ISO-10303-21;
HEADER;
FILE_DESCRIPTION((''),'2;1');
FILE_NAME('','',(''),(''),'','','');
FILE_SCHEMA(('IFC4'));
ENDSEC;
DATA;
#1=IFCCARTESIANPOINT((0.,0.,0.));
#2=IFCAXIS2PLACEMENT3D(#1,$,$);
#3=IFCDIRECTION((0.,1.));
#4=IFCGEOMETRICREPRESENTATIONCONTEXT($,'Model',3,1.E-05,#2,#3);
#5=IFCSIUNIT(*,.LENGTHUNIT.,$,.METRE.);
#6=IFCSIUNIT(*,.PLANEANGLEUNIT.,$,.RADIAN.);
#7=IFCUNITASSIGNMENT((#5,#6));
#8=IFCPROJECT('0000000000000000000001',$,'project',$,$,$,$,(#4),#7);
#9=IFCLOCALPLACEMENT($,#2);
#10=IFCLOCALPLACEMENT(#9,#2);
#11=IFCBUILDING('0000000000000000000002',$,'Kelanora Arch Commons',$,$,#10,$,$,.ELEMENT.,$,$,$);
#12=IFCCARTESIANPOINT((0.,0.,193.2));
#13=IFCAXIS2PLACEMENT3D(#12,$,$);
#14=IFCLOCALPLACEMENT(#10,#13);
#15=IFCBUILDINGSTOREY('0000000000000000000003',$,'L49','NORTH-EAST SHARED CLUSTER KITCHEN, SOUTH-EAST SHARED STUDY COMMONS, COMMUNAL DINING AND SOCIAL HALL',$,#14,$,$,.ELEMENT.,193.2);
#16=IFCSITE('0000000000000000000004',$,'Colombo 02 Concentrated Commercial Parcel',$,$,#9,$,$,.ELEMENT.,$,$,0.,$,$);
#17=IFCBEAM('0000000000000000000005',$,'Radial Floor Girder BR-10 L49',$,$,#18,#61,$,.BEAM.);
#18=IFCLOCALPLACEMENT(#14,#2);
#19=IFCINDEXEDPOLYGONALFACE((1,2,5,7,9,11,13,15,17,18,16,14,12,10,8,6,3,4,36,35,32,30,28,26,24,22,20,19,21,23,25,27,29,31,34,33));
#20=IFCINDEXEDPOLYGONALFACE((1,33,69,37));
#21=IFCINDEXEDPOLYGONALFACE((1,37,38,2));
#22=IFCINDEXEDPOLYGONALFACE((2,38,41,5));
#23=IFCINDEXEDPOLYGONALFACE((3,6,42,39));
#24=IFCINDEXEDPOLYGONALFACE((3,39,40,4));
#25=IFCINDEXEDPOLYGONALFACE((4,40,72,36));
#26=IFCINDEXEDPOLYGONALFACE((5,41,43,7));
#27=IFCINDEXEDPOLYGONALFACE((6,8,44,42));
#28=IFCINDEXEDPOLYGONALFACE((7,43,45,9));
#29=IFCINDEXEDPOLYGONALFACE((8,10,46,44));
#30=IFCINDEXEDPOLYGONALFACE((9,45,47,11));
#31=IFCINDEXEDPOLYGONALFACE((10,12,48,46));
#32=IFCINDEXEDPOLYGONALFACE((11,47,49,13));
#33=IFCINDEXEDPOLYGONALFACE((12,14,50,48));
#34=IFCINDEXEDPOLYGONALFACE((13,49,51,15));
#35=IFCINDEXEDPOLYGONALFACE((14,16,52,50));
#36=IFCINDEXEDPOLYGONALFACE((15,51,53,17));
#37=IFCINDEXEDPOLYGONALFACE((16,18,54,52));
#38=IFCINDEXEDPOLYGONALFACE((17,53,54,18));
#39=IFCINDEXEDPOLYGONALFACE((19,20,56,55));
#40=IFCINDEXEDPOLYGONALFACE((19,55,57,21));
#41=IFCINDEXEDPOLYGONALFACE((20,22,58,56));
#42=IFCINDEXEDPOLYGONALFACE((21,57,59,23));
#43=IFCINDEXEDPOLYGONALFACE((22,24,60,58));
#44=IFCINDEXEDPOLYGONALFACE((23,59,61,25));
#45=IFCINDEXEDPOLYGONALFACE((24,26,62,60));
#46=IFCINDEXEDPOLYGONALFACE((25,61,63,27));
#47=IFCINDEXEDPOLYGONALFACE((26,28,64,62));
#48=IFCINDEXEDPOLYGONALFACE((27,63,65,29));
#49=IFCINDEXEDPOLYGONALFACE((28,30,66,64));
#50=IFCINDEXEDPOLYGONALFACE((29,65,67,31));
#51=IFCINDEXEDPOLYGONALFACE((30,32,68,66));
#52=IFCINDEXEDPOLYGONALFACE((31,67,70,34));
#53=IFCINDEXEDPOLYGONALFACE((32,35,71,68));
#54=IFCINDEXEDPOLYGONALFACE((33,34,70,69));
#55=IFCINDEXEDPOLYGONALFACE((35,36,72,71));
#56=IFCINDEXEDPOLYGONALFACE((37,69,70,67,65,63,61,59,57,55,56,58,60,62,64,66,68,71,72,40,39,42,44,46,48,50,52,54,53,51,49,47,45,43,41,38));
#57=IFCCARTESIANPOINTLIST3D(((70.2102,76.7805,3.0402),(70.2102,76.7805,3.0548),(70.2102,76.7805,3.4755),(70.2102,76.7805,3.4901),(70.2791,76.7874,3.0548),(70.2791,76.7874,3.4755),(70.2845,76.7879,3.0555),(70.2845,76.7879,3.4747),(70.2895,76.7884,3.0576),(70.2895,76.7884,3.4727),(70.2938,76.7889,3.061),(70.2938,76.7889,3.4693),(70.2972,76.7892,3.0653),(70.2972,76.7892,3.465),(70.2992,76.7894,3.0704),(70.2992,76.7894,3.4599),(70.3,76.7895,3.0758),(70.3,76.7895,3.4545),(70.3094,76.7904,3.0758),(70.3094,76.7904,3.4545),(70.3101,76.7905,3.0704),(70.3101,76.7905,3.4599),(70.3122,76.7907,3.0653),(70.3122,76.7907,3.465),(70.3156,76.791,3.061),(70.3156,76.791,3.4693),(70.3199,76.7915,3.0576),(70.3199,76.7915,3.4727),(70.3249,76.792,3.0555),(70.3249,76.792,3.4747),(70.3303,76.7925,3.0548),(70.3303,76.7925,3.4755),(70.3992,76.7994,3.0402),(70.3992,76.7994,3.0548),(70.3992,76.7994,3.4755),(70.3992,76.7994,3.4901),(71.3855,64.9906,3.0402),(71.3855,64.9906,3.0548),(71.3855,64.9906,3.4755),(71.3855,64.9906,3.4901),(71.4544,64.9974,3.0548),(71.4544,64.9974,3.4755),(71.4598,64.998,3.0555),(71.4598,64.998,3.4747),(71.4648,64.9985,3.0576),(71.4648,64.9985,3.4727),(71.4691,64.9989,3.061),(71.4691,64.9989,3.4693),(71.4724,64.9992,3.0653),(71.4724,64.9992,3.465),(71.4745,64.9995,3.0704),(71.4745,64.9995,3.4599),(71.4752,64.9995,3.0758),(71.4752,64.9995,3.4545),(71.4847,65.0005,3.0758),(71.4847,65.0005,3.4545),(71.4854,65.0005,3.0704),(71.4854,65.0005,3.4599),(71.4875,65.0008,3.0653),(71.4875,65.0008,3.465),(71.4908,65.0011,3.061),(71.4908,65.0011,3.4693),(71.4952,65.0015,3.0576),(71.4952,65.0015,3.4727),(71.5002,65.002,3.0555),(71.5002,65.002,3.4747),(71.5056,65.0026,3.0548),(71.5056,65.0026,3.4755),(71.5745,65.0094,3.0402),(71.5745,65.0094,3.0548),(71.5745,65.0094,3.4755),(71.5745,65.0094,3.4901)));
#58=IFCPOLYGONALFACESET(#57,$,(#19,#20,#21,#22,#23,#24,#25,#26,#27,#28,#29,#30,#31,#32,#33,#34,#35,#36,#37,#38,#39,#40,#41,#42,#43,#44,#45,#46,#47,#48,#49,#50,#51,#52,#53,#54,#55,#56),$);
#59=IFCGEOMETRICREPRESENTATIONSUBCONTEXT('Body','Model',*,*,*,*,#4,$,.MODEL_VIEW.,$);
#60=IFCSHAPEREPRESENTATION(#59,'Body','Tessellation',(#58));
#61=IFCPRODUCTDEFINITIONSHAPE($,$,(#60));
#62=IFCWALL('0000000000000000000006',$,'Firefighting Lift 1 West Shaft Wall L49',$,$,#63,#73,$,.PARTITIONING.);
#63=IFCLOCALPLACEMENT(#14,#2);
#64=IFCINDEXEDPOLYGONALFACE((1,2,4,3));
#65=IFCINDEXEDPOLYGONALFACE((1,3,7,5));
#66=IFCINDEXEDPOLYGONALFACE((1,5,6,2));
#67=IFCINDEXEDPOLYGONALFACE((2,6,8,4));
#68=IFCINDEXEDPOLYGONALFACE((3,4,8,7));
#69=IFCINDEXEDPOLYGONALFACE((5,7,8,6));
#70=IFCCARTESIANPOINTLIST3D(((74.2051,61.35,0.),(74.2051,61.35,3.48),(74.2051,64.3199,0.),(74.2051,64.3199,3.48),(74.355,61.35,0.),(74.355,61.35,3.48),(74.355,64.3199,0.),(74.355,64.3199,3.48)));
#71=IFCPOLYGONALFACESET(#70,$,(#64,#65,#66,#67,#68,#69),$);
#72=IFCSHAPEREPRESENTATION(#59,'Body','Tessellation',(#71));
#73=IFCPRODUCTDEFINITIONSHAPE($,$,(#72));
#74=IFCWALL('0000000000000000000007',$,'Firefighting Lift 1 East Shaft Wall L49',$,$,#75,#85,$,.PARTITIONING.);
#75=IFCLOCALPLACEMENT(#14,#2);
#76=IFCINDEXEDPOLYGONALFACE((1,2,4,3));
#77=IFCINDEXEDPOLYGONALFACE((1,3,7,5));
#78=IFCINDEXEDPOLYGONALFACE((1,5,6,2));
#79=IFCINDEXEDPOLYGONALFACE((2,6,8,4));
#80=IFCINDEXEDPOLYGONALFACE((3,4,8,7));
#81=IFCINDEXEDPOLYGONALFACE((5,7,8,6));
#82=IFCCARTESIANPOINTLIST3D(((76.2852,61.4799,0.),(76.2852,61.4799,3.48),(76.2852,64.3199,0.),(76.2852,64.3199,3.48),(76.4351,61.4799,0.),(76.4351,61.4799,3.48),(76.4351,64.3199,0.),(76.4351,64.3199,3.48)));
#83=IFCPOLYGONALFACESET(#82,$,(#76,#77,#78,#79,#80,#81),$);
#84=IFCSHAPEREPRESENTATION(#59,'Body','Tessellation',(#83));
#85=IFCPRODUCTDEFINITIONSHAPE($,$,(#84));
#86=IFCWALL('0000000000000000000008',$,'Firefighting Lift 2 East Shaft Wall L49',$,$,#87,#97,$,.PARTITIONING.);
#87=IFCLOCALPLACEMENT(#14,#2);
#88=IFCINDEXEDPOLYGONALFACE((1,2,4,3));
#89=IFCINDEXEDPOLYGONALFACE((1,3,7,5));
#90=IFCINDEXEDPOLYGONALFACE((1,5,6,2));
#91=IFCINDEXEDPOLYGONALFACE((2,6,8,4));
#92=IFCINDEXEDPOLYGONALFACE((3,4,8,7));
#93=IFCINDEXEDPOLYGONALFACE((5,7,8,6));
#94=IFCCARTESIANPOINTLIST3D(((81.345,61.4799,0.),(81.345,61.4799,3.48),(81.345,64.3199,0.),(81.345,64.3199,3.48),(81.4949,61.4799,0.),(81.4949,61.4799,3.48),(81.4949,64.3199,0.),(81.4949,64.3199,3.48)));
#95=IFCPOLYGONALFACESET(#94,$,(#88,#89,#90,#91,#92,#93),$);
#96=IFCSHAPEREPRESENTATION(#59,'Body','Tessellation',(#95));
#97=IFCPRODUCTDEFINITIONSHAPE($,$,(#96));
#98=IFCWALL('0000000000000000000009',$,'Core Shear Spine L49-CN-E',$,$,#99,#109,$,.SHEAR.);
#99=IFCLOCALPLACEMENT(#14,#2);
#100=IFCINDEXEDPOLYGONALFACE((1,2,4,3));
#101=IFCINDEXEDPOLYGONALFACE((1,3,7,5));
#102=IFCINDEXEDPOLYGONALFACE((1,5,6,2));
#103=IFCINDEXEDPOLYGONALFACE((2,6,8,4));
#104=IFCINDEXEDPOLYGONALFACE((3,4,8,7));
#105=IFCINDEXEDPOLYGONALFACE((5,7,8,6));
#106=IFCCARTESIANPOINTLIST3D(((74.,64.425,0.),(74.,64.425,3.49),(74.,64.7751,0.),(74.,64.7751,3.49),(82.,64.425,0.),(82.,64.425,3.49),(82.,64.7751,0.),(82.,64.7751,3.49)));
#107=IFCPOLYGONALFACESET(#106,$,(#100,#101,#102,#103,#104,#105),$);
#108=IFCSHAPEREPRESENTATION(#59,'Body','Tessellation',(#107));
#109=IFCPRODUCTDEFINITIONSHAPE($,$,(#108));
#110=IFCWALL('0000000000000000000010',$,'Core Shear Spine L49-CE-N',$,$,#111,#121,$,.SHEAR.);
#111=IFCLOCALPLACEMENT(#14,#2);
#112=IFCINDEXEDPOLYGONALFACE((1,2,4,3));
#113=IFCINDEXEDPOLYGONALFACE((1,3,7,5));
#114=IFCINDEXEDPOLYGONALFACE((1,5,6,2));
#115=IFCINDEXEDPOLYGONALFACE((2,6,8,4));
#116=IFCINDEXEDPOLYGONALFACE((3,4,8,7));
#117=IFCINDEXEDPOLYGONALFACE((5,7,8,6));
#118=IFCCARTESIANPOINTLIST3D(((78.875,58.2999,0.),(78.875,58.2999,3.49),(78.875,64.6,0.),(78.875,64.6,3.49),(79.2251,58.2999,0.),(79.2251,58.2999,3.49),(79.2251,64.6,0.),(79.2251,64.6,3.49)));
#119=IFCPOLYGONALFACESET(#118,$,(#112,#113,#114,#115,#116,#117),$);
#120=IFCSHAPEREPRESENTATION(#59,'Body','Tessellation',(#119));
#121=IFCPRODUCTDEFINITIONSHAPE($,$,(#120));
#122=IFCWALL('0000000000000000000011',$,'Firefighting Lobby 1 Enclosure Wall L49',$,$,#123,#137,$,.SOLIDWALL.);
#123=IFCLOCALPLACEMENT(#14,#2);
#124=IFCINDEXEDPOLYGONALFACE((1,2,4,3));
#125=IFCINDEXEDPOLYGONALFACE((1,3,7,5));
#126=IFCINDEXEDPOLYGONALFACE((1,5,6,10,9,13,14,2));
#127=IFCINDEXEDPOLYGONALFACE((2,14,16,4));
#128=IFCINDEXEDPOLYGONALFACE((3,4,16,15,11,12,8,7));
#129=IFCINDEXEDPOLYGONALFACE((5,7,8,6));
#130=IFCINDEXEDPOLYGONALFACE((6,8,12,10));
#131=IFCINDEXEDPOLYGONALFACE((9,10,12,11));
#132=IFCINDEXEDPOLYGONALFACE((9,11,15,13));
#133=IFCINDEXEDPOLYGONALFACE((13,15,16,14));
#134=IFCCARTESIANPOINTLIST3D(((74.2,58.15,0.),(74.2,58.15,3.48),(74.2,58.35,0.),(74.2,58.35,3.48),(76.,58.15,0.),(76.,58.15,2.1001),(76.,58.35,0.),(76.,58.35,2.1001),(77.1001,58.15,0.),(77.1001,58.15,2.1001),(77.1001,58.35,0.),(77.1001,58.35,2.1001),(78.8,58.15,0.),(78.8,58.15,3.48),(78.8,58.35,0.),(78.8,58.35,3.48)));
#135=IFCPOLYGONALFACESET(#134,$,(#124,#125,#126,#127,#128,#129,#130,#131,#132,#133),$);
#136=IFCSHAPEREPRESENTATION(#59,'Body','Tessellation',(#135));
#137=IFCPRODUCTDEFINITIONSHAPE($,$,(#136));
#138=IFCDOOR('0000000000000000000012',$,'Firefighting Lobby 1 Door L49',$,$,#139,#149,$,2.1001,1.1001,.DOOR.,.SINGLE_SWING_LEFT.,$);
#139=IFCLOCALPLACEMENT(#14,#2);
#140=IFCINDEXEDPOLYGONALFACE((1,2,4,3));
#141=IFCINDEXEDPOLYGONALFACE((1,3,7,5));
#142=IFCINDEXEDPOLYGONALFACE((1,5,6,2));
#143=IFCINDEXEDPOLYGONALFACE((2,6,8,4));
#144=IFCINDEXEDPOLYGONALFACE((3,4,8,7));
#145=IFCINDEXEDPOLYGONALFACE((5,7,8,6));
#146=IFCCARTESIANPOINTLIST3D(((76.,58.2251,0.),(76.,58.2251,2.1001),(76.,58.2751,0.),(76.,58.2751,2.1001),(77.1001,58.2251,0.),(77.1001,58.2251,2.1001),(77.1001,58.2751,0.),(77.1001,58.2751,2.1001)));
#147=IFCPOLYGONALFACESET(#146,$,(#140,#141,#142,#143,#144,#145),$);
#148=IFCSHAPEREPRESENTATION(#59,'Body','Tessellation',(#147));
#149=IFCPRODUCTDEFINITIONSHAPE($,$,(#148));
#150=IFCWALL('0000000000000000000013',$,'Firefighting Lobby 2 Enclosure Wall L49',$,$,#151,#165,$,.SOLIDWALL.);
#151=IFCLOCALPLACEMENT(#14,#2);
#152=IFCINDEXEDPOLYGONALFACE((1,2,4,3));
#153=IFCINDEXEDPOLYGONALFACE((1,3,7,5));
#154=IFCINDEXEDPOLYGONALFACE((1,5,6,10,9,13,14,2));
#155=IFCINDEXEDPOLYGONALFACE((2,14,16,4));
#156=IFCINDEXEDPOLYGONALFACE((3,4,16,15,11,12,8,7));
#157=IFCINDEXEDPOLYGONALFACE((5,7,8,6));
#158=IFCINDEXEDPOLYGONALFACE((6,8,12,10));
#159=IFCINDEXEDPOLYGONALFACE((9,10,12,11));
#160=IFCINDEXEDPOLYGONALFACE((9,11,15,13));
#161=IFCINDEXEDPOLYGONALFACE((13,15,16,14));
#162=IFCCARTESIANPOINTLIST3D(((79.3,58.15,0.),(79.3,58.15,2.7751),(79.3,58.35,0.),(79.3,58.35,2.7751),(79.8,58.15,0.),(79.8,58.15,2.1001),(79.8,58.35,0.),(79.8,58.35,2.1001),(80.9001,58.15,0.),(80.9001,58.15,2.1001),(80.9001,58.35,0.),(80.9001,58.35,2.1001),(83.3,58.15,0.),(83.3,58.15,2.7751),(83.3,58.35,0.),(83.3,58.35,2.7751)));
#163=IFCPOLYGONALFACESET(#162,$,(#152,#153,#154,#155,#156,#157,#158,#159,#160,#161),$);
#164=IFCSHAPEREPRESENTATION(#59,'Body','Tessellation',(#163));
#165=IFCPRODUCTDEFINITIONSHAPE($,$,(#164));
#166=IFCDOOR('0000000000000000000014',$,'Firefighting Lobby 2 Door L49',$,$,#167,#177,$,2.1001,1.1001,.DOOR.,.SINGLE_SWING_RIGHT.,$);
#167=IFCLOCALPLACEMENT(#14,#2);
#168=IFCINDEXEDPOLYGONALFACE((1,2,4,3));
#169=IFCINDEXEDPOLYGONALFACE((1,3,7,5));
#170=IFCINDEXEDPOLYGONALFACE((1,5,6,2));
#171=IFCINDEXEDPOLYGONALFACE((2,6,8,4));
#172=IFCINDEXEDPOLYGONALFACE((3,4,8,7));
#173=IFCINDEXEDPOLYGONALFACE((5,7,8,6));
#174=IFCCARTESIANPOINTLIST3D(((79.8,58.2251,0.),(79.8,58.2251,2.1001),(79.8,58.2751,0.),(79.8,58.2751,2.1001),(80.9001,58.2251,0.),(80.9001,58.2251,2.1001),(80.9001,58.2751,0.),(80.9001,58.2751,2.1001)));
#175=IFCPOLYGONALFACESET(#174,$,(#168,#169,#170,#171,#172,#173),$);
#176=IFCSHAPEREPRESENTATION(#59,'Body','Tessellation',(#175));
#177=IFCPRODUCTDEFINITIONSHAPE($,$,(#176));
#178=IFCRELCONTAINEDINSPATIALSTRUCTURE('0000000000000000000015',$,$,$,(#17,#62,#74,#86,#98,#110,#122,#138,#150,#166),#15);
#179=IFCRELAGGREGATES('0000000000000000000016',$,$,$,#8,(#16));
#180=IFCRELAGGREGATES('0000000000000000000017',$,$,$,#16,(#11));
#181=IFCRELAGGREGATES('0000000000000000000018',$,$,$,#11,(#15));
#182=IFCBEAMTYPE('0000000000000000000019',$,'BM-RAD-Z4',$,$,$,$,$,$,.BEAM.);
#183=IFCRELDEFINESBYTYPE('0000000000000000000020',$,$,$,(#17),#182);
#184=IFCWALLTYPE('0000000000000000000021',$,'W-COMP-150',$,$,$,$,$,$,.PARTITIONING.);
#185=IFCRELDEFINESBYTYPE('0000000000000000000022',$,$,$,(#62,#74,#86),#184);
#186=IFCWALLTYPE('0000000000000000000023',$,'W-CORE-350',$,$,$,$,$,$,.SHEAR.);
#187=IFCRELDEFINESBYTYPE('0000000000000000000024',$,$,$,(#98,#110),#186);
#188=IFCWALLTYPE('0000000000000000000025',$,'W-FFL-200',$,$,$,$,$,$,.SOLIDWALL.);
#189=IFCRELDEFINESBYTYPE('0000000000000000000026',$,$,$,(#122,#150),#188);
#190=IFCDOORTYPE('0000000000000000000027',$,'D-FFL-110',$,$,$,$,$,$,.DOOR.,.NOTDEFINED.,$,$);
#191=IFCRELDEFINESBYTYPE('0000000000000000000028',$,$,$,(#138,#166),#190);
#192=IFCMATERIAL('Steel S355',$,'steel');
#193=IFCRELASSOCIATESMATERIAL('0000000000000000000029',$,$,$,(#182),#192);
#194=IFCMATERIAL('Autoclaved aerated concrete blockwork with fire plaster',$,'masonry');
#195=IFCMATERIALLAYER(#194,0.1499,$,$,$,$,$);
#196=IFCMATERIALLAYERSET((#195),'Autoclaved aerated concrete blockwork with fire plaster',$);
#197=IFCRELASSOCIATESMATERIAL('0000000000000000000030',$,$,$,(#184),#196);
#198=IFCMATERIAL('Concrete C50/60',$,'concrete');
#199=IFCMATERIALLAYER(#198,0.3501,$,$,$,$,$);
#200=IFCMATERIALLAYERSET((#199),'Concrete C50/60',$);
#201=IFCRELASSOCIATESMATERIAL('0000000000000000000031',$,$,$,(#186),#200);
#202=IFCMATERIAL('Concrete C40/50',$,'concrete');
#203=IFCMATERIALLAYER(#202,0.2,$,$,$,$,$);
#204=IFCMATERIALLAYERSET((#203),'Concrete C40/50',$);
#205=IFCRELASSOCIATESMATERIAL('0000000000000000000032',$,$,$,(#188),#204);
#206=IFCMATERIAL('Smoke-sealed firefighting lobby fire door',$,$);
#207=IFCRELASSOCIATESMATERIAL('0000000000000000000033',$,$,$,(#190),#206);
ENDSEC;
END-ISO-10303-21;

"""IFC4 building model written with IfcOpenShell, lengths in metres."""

from ifc_helpers import new_model, si_unit, direction, frame, frame_2d, origin, origin_2d, place, context, subcontext, project, spatial, rectangle, i_section, extrude, material, layer, layer_set, material_profile, profile_set, type_object, element, fill, save


model = new_model("IFC4")

# Units and contexts
model_context = context("Model", 3, precision=1e-05, world=origin(), true_north=direction((0.0, 1.0)))
body_context = subcontext(model_context, "Body", "Model", "MODEL_VIEW")
ifc_project = project(units=[si_unit("LENGTHUNIT", "METRE"), si_unit("PLANEANGLEUNIT", "RADIAN")], contexts=[model_context])

# Site, building, storey
site_placement = place(None, origin())
site = spatial("IfcSite", under=ifc_project, at=site_placement, Name="Colombo 02 Concentrated Commercial Parcel", CompositionType="ELEMENT", RefElevation=0.0)
building_placement = place(site_placement, origin())
building = spatial("IfcBuilding", under=site, at=building_placement, Name="Kelanora Arch Commons", CompositionType="ELEMENT")
storey_placement = place(building_placement, frame((0.0, 0.0, 193.2)))
storey = spatial("IfcBuildingStorey", under=building, at=storey_placement, Name="L49", Description="NORTH-EAST SHARED CLUSTER KITCHEN, SOUTH-EAST SHARED STUDY COMMONS, COMMUNAL DINING AND SOCIAL HALL", CompositionType="ELEMENT", Elevation=193.2)

# Beam
ifc_material_1 = material(Name="Steel S355", Category="steel")
ifc_material_profile_1 = material_profile(ifc_material_1, i_section(OverallWidth=0.1899, OverallDepth=0.45, WebThickness=0.0095, FlangeThickness=0.0146, FilletRadius=0.021, at=origin_2d()), Name="IPE450")
ifc_profile_set_1 = profile_set([ifc_material_profile_1], Name="Steel S355")
beam_type_1 = type_object("IfcBeamType", Name="BM-RAD-Z4", PredefinedType="BEAM", material=ifc_profile_set_1)
beam_1_placement = place(storey_placement, frame((71.48, 65.0, 3.2651), z_axis=(-0.099194, 0.995068, 0.0), x_axis=(-0.995068, -0.099194, 0.0)))
element("IfcBeam", 1, at=beam_1_placement, inside=storey, type_object=beam_type_1, Name="Radial Floor Girder BR-10 L49", PredefinedType="BEAM", context=body_context, shape_type="SweptSolid", body=[
    extrude(i_section(OverallWidth=0.1899, OverallDepth=0.45, WebThickness=0.0095, FlangeThickness=0.0146, FilletRadius=0.021, at=origin_2d()), origin(), (0.0, 0.0, 1.0), 11.8484),
])

# Walls
ifc_material_2 = material(Name="Autoclaved aerated concrete blockwork with fire plaster", Category="masonry")
ifc_layer_1 = layer(ifc_material_2, 0.1499)
ifc_layer_set_1 = layer_set([ifc_layer_1], Name="Autoclaved aerated concrete blockwork with fire plaster")
wall_type_1 = type_object("IfcWallType", Name="W-COMP-150", PredefinedType="PARTITIONING", material=ifc_layer_set_1)
wall_1_placement = place(storey_placement, frame((74.28, 61.3501, 0.0), z_axis=(0.0, 0.0, 1.0), x_axis=(0.0, 1.0, 0.0)))
element("IfcWall", 2, at=wall_1_placement, inside=storey, type_object=wall_type_1, Name="Firefighting Lift 1 West Shaft Wall L49", PredefinedType="PARTITIONING", context=body_context, shape_type="SweptSolid", body=[
    extrude(rectangle(XDim=2.97, YDim=0.1499, at=frame_2d((1.4849, 0.0))), origin(), (0.0, 0.0, 1.0), 3.48),
])
for number, where, z_axis, x_axis, name in (
    (3, (76.3601, 61.48, 0.0), (0.0, 0.0, 1.0), (0.0, 1.0, 0.0), "Firefighting Lift 1 East Shaft Wall L49"),
    (4, (81.4199, 61.48, 0.0), (0.0, 0.0, 1.0), (0.0, 1.0, 0.0), "Firefighting Lift 2 East Shaft Wall L49"),
):
    element("IfcWall", number, at=place(storey_placement, frame(where, z_axis=z_axis, x_axis=x_axis)), inside=storey, type_object=wall_type_1, Name=name, PredefinedType="PARTITIONING", context=body_context, shape_type="SweptSolid", body=[
        extrude(rectangle(XDim=2.8401, YDim=0.1499, at=frame_2d((1.4199, 0.0))), origin(), (0.0, 0.0, 1.0), 3.48),
    ])
ifc_material_3 = material(Name="Concrete C50/60", Category="concrete")
ifc_layer_2 = layer(ifc_material_3, 0.3501)
ifc_layer_set_2 = layer_set([ifc_layer_2], Name="Concrete C50/60")
wall_type_2 = type_object("IfcWallType", Name="W-CORE-350", PredefinedType="SHEAR", material=ifc_layer_set_2)
wall_2_placement = place(storey_placement, frame((74.0, 64.6001, 0.0), z_axis=(0.0, 0.0, 1.0), x_axis=(1.0, 0.0, 0.0)))
element("IfcWall", 5, at=wall_2_placement, inside=storey, type_object=wall_type_2, Name="Core Shear Spine L49-CN-E", PredefinedType="SHEAR", context=body_context, shape_type="SweptSolid", body=[
    extrude(rectangle(XDim=8.0, YDim=0.3501, at=frame_2d((4.0, 0.0))), origin(), (0.0, 0.0, 1.0), 3.49),
])
wall_3_placement = place(storey_placement, frame((79.05, 58.3, 0.0), z_axis=(0.0, 0.0, 1.0), x_axis=(0.0, 1.0, 0.0)))
element("IfcWall", 6, at=wall_3_placement, inside=storey, type_object=wall_type_2, Name="Core Shear Spine L49-CE-N", PredefinedType="SHEAR", context=body_context, shape_type="SweptSolid", body=[
    extrude(rectangle(XDim=6.3, YDim=0.3501, at=frame_2d((3.1499, 0.0))), origin(), (0.0, 0.0, 1.0), 3.49),
])

# Walls, openings, doors
ifc_material_4 = material(Name="Concrete C40/50", Category="concrete")
ifc_layer_3 = layer(ifc_material_4, 0.2)
ifc_layer_set_3 = layer_set([ifc_layer_3], Name="Concrete C40/50")
wall_type_3 = type_object("IfcWallType", Name="W-FFL-200", PredefinedType="SOLIDWALL", material=ifc_layer_set_3)
wall_4_placement = place(storey_placement, frame((74.2, 58.25, 0.0), z_axis=(0.0, 0.0, 1.0), x_axis=(1.0, 0.0, 0.0)))
wall_4 = element("IfcWall", 7, at=wall_4_placement, inside=storey, type_object=wall_type_3, Name="Firefighting Lobby 1 Enclosure Wall L49", PredefinedType="SOLIDWALL", context=body_context, shape_type="SweptSolid", body=[
    extrude(rectangle(XDim=4.6001, YDim=0.2, at=frame_2d((2.3, 0.0))), origin(), (0.0, 0.0, 1.0), 3.48),
])
opening_1_placement = place(wall_4_placement, frame((1.8, 0.0, 0.0)))
opening_1 = element("IfcOpeningElement", 8, at=opening_1_placement, cuts=wall_4, PredefinedType="OPENING", context=body_context, shape_type="SweptSolid", body=[
    extrude(rectangle(XDim=1.1001, YDim=2.1001, at=frame_2d((0.55, 1.05))), frame((0.0, 0.1099, 0.0), z_axis=(0.0, -1.0, 0.0), x_axis=(1.0, 0.0, 0.0)), (0.0, 0.0, 1.0), 0.22),
])
ifc_material_5 = material(Name="Smoke-sealed firefighting lobby fire door")
door_type_1 = type_object("IfcDoorType", Name="D-FFL-110", OperationType="NOTDEFINED", PredefinedType="DOOR", material=ifc_material_5)
door_1_placement = place(opening_1_placement, frame((1.1001, 0.0, 0.0), z_axis=(0.0, 0.0, 1.0), x_axis=(-1.0, 0.0, 0.0)))
door_1 = element("IfcDoor", 9, at=door_1_placement, inside=storey, type_object=door_type_1, Name="Firefighting Lobby 1 Door L49", OperationType="SINGLE_SWING_LEFT", OverallHeight=2.1001, OverallWidth=1.1001, PredefinedType="DOOR", context=body_context, shape_type="SweptSolid", body=[
    extrude(rectangle(XDim=1.1001, YDim=2.1001, at=frame_2d((0.55, 1.05))), frame((0.0, 0.0249, 0.0), z_axis=(0.0, -1.0, 0.0), x_axis=(1.0, 0.0, 0.0)), (0.0, 0.0, 1.0), 0.05),
])
fill(opening_1, door_1)
wall_5_placement = place(storey_placement, frame((79.3, 58.25, 0.0), z_axis=(0.0, 0.0, 1.0), x_axis=(1.0, 0.0, 0.0)))
wall_5 = element("IfcWall", 10, at=wall_5_placement, inside=storey, type_object=wall_type_3, Name="Firefighting Lobby 2 Enclosure Wall L49", PredefinedType="SOLIDWALL", context=body_context, shape_type="SweptSolid", body=[
    extrude(rectangle(XDim=4.0, YDim=0.2, at=frame_2d((2.0, 0.0))), origin(), (0.0, 0.0, 1.0), 2.7751),
])
opening_2_placement = place(wall_5_placement, frame((0.5, 0.0, 0.0)))
opening_2 = element("IfcOpeningElement", 11, at=opening_2_placement, cuts=wall_5, PredefinedType="OPENING", context=body_context, shape_type="SweptSolid", body=[
    extrude(rectangle(XDim=1.1001, YDim=2.1001, at=frame_2d((0.55, 1.05))), frame((0.0, 0.1099, 0.0), z_axis=(0.0, -1.0, 0.0), x_axis=(1.0, 0.0, 0.0)), (0.0, 0.0, 1.0), 0.22),
])
door_2_placement = place(opening_2_placement, frame((1.1001, 0.0, 0.0), z_axis=(0.0, 0.0, 1.0), x_axis=(-1.0, 0.0, 0.0)))
door_2 = element("IfcDoor", 12, at=door_2_placement, inside=storey, type_object=door_type_1, Name="Firefighting Lobby 2 Door L49", OperationType="SINGLE_SWING_RIGHT", OverallHeight=2.1001, OverallWidth=1.1001, PredefinedType="DOOR", context=body_context, shape_type="SweptSolid", body=[
    extrude(rectangle(XDim=1.1001, YDim=2.1001, at=frame_2d((0.55, 1.05))), frame((0.0, 0.0249, 0.0), z_axis=(0.0, -1.0, 0.0), x_axis=(1.0, 0.0, 0.0)), (0.0, 0.0, 1.0), 0.05),
])
fill(opening_2, door_2)

save(model, "model.ifc")
